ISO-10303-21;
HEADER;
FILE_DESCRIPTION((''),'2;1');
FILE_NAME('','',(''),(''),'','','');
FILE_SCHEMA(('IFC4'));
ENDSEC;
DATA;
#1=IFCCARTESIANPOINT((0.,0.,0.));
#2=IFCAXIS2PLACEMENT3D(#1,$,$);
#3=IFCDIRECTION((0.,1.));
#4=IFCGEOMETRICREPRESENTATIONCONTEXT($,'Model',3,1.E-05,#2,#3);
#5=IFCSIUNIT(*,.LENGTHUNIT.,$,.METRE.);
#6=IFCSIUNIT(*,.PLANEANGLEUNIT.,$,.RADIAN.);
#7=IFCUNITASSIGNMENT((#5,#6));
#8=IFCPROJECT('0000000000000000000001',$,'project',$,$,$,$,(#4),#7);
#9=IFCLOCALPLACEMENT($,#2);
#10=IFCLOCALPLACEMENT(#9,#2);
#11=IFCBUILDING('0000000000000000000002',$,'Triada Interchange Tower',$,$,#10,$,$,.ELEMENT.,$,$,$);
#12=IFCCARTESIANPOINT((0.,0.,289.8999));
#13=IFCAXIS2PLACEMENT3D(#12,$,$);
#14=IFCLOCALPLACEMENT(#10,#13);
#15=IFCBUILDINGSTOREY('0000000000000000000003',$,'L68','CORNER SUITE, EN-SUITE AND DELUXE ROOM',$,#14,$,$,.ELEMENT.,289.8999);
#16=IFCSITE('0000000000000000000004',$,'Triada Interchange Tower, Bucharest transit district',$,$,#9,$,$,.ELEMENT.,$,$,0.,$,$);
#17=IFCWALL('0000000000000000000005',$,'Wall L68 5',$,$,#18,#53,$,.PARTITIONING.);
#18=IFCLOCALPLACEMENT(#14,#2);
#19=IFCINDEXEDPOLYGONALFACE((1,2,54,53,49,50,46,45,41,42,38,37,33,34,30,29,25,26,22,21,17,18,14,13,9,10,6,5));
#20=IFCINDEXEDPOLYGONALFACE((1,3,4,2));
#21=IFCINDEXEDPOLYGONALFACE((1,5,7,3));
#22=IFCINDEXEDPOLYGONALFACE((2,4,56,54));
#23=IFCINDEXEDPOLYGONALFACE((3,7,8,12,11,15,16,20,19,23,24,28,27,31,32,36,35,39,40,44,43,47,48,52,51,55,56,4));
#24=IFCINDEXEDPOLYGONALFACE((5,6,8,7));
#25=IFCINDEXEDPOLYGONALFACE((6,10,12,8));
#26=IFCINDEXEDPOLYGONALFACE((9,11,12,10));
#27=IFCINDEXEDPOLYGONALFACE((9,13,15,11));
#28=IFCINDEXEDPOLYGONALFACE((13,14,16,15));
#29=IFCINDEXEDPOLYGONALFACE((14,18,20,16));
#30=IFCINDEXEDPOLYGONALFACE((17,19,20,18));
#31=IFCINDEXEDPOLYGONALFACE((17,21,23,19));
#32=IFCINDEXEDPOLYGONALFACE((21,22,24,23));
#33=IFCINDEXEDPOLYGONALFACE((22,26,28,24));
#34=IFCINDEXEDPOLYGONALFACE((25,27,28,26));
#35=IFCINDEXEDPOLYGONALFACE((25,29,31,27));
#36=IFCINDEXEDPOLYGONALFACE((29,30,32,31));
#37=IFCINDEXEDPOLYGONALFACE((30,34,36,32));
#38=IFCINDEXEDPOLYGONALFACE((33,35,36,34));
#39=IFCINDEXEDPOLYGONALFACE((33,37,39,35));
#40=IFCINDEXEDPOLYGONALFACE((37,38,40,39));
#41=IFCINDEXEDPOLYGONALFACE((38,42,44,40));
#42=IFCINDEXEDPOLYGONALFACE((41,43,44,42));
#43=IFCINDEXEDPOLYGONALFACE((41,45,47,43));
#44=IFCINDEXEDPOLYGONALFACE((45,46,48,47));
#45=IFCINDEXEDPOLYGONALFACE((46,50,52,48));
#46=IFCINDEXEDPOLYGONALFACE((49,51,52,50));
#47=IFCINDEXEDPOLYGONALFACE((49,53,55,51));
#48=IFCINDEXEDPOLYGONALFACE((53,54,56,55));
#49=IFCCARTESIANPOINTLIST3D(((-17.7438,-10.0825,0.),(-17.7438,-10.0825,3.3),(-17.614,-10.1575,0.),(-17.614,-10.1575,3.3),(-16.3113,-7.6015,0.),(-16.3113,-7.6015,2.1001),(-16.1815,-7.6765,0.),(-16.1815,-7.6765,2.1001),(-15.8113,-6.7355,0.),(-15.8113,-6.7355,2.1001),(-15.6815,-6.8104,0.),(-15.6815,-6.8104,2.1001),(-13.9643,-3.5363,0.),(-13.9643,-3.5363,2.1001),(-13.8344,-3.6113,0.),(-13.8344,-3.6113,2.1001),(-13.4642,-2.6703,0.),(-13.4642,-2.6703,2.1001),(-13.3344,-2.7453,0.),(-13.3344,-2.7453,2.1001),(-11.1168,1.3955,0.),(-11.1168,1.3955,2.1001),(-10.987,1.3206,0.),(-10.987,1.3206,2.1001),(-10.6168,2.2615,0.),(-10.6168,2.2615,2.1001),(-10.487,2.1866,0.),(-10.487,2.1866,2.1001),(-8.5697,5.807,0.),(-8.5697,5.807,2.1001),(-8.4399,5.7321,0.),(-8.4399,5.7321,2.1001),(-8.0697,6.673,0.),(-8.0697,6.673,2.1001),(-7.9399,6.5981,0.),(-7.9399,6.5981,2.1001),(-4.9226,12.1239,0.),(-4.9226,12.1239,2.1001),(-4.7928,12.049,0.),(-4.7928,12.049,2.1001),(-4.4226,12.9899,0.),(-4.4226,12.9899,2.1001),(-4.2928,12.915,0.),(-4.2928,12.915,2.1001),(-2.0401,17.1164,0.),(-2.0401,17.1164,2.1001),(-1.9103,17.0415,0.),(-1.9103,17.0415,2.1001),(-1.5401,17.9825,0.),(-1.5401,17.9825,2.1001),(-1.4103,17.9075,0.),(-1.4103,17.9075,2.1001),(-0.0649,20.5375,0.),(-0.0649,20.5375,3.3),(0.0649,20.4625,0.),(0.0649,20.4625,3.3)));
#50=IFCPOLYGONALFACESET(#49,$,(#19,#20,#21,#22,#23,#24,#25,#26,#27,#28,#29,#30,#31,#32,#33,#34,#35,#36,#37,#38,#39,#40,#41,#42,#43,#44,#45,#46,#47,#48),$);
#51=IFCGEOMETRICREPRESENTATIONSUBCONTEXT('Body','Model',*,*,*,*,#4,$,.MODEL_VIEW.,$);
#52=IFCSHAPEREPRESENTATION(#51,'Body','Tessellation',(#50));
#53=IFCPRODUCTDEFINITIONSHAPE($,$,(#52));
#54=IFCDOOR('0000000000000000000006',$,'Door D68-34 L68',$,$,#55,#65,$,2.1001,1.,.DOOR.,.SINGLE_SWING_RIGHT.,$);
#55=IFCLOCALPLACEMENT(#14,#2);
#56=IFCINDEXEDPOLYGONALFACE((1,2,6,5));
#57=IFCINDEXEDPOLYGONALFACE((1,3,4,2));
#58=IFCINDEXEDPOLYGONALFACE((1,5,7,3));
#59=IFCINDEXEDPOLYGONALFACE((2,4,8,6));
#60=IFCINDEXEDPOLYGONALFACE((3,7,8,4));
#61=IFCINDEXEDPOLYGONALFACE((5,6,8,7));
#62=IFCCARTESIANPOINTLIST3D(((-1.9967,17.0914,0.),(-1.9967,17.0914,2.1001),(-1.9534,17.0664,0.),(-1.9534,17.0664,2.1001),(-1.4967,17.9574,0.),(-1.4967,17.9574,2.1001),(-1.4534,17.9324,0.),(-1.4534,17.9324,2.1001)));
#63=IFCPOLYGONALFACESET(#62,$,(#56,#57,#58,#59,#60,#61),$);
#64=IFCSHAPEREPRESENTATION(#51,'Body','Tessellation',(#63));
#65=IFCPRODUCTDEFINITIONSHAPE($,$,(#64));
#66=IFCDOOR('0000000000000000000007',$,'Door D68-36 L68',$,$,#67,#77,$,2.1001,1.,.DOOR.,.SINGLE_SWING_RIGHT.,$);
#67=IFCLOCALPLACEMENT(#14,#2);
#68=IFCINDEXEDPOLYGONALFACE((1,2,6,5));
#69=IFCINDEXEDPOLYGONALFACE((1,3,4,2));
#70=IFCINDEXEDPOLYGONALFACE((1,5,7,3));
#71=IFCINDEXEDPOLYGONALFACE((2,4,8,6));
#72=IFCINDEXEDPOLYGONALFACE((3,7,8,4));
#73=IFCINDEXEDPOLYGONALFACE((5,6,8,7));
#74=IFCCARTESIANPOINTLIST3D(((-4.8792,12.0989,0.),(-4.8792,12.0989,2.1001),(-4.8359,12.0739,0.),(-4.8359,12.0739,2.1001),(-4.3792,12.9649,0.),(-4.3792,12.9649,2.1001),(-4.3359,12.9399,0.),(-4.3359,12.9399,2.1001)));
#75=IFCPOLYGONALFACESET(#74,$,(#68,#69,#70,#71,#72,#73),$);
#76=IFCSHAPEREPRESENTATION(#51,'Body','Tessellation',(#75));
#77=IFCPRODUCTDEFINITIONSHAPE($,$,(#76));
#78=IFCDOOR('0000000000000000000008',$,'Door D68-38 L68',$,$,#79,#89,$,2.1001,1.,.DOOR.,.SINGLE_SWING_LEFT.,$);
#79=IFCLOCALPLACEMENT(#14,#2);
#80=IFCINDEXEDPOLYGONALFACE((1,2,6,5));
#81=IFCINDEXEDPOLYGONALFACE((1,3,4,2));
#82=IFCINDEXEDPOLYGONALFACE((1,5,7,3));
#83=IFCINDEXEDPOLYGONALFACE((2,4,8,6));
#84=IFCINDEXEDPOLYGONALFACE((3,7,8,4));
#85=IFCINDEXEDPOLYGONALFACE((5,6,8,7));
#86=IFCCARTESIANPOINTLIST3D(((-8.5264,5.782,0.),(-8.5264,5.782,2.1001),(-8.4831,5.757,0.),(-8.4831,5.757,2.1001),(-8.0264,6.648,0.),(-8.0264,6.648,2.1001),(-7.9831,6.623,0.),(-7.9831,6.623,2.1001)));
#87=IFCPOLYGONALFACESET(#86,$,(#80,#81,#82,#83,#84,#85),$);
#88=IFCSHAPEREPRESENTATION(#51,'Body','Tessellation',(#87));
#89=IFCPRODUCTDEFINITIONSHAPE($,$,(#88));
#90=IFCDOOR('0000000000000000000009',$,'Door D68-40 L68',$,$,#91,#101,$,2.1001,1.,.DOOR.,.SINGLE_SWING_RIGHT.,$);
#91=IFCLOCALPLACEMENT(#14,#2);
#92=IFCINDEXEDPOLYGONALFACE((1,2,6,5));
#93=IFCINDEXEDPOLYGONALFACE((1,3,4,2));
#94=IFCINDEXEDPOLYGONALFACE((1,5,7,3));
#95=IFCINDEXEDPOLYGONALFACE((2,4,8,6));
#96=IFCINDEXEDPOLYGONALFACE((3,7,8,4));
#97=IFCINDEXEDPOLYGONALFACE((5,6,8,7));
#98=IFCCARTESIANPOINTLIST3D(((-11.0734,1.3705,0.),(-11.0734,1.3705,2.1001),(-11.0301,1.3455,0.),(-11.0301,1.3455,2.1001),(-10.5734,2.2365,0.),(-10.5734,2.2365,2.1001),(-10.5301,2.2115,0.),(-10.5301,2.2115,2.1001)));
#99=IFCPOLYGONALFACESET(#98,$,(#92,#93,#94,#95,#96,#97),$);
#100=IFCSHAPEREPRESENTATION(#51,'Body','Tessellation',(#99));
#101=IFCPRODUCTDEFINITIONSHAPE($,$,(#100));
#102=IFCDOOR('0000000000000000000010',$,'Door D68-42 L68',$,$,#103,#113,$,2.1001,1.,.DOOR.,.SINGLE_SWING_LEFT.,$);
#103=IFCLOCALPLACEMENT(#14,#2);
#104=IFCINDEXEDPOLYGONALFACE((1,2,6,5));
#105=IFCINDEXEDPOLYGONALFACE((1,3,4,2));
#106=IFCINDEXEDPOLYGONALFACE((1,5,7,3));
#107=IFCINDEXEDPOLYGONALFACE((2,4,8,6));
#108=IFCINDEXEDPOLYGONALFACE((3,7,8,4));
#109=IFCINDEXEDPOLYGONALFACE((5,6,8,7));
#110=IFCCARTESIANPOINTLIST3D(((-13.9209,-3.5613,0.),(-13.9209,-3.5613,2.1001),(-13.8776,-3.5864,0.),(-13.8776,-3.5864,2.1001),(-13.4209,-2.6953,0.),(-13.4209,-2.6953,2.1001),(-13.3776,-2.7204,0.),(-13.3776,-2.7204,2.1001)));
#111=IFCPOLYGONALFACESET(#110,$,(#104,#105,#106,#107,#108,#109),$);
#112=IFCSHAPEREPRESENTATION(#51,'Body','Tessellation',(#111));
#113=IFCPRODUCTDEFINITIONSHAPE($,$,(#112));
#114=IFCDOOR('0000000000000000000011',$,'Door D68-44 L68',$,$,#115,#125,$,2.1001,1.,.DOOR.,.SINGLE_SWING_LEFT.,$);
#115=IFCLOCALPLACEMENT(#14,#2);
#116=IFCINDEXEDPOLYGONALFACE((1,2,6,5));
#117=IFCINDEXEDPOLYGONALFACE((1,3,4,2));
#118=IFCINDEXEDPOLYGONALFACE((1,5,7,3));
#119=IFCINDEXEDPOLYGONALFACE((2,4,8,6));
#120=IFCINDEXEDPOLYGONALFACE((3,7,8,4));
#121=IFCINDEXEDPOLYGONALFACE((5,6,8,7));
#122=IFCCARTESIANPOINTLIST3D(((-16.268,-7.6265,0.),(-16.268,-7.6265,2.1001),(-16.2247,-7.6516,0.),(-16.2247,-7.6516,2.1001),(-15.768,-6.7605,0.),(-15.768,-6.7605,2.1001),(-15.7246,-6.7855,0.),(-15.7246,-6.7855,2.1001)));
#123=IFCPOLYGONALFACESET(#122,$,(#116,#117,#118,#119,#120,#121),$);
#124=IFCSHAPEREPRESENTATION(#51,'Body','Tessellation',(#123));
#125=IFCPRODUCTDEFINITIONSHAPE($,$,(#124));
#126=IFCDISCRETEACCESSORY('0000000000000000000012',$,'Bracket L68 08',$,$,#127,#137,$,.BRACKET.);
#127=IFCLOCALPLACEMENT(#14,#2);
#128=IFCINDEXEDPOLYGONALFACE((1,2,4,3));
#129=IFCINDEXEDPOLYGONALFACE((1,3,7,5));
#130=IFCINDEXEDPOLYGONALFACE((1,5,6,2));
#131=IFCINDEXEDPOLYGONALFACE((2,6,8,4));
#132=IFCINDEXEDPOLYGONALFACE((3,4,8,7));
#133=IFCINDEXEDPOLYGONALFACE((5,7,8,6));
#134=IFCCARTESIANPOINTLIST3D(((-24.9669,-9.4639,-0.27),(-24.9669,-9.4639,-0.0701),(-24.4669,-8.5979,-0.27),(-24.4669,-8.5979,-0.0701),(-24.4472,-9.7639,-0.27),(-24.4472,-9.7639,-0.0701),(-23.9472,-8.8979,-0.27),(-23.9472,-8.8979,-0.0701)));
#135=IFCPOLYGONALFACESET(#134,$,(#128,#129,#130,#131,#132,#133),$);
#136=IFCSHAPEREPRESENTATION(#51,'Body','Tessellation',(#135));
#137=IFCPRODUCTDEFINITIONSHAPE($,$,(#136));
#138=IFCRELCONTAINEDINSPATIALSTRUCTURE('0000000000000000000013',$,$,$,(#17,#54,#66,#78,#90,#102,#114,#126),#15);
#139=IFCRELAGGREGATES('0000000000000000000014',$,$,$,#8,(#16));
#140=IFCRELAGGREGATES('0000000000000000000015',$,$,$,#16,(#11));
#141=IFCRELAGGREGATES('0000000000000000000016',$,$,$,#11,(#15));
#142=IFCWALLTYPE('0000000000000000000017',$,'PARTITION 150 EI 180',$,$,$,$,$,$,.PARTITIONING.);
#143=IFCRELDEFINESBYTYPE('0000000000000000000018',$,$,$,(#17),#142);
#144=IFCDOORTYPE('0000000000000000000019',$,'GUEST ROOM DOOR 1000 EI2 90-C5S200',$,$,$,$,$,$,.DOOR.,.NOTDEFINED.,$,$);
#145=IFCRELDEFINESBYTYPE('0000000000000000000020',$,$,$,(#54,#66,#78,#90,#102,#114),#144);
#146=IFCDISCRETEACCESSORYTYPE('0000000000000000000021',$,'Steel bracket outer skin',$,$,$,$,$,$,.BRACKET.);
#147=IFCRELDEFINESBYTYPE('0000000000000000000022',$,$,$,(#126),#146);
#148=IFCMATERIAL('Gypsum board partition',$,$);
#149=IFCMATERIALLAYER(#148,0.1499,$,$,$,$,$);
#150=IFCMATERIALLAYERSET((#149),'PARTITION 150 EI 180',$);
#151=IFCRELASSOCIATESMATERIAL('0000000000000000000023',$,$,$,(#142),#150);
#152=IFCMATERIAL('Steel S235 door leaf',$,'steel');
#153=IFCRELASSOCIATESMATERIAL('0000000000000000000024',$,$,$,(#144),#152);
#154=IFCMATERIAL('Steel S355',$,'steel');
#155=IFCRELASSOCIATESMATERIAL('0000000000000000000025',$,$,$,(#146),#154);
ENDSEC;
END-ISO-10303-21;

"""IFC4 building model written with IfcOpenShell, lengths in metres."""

from ifc_helpers import new_model, si_unit, direction, frame, frame_2d, origin, origin_2d, place, context, subcontext, project, spatial, rectangle, extrude, material, layer, layer_set, type_object, element, fill, save


model = new_model("IFC4")

# Units and contexts
model_context = context("Model", 3, precision=1e-05, world=origin(), true_north=direction((0.0, 1.0)))
body_context = subcontext(model_context, "Body", "Model", "MODEL_VIEW")
ifc_project = project(units=[si_unit("LENGTHUNIT", "METRE"), si_unit("PLANEANGLEUNIT", "RADIAN")], contexts=[model_context])

# Site, building, storey
site_placement = place(None, origin())
site = spatial("IfcSite", under=ifc_project, at=site_placement, Name="Triada Interchange Tower, Bucharest transit district", CompositionType="ELEMENT", RefElevation=0.0)
building_placement = place(site_placement, origin())
building = spatial("IfcBuilding", under=site, at=building_placement, Name="Triada Interchange Tower", CompositionType="ELEMENT")
storey_placement = place(building_placement, frame((0.0, 0.0, 289.8999)))
storey = spatial("IfcBuildingStorey", under=building, at=storey_placement, Name="L68", Description="CORNER SUITE, EN-SUITE AND DELUXE ROOM", CompositionType="ELEMENT", Elevation=289.8999)

# Wall, openings, doors
ifc_material_1 = material(Name="Gypsum board partition")
ifc_layer = layer(ifc_material_1, 0.1499)
ifc_layer_set = layer_set([ifc_layer], Name="PARTITION 150 EI 180")
wall_type = type_object("IfcWallType", Name="PARTITION 150 EI 180", PredefinedType="PARTITIONING", material=ifc_layer_set)
ifc_material_2 = material(Name="Steel S235 door leaf", Category="steel")
door_type_1 = type_object("IfcDoorType", Name="GUEST ROOM DOOR 1000 EI2 90-C5S200", OperationType="NOTDEFINED", PredefinedType="DOOR", material=ifc_material_2)
wall_1_placement = place(storey_placement, frame((-17.679, -10.1201, 0.0), z_axis=(0.0, 0.0, 1.0), x_axis=(0.500009, 0.86602, 0.0)))
wall_1 = element("IfcWall", 1, at=wall_1_placement, inside=storey, type_object=wall_type, Name="Wall L68 5", PredefinedType="PARTITIONING", context=body_context, shape_type="SweptSolid", body=[
    extrude(rectangle(XDim=35.3572, YDim=0.1499, at=frame_2d((17.6787, 0.0))), origin(), (0.0, 0.0, 1.0), 3.3),
])
opening_1_placement = place(wall_1_placement, frame((31.407, 0.0, 0.0)))
opening_1 = element("IfcOpeningElement", 2, at=opening_1_placement, cuts=wall_1, PredefinedType="OPENING", context=body_context, shape_type="SweptSolid", body=[
    extrude(rectangle(XDim=1.0, YDim=2.1001, at=frame_2d((0.5, 1.05))), frame((0.0, 0.085, 0.0), z_axis=(0.0, -1.0, 0.0), x_axis=(1.0, 0.0, 0.0)), (0.0, 0.0, 1.0), 0.1699),
])
opening_2_placement = place(wall_1_placement, frame((25.6421, 0.0, 0.0)))
opening_2 = element("IfcOpeningElement", 3, at=opening_2_placement, cuts=wall_1, PredefinedType="OPENING", context=body_context, shape_type="SweptSolid", body=[
    extrude(rectangle(XDim=1.0, YDim=2.1001, at=frame_2d((0.5, 1.05))), frame((0.0, 0.085, 0.0), z_axis=(0.0, -1.0, 0.0), x_axis=(1.0, 0.0, 0.0)), (0.0, 0.0, 1.0), 0.1699),
])
opening_3_placement = place(wall_1_placement, frame((18.3479, 0.0, 0.0)))
opening_3 = element("IfcOpeningElement", 4, at=opening_3_placement, cuts=wall_1, PredefinedType="OPENING", context=body_context, shape_type="SweptSolid", body=[
    extrude(rectangle(XDim=1.0, YDim=2.1001, at=frame_2d((0.5, 1.05))), frame((0.0, 0.085, 0.0), z_axis=(0.0, -1.0, 0.0), x_axis=(1.0, 0.0, 0.0)), (0.0, 0.0, 1.0), 0.1699),
])
opening_4_placement = place(wall_1_placement, frame((13.2539, 0.0, 0.0)))
opening_4 = element("IfcOpeningElement", 5, at=opening_4_placement, cuts=wall_1, PredefinedType="OPENING", context=body_context, shape_type="SweptSolid", body=[
    extrude(rectangle(XDim=1.0, YDim=2.1001, at=frame_2d((0.5, 1.05))), frame((0.0, 0.085, 0.0), z_axis=(0.0, -1.0, 0.0), x_axis=(1.0, 0.0, 0.0)), (0.0, 0.0, 1.0), 0.1699),
])
opening_5_placement = place(wall_1_placement, frame((7.5591, 0.0, 0.0)))
opening_5 = element("IfcOpeningElement", 6, at=opening_5_placement, cuts=wall_1, PredefinedType="OPENING", context=body_context, shape_type="SweptSolid", body=[
    extrude(rectangle(XDim=1.0, YDim=2.1001, at=frame_2d((0.5, 1.05))), frame((0.0, 0.085, 0.0), z_axis=(0.0, -1.0, 0.0), x_axis=(1.0, 0.0, 0.0)), (0.0, 0.0, 1.0), 0.1699),
])
opening_6_placement = place(wall_1_placement, frame((2.865, 0.0, 0.0)))
opening_6 = element("IfcOpeningElement", 7, at=opening_6_placement, cuts=wall_1, PredefinedType="OPENING", context=body_context, shape_type="SweptSolid", body=[
    extrude(rectangle(XDim=1.0, YDim=2.1001, at=frame_2d((0.5, 1.05))), frame((0.0, 0.085, 0.0), z_axis=(0.0, -1.0, 0.0), x_axis=(1.0, 0.0, 0.0)), (0.0, 0.0, 1.0), 0.1699),
])
door_1_placement = place(opening_1_placement, origin())
door_1 = element("IfcDoor", 8, at=door_1_placement, inside=storey, type_object=door_type_1, Name="Door D68-34 L68", OperationType="SINGLE_SWING_RIGHT", OverallHeight=2.1001, OverallWidth=1.0, PredefinedType="DOOR", context=body_context, shape_type="SweptSolid", body=[
    extrude(rectangle(XDim=1.0, YDim=2.1001, at=frame_2d((0.5, 1.05))), frame((0.0, 0.0249, 0.0), z_axis=(0.0, -1.0, 0.0), x_axis=(1.0, 0.0, 0.0)), (0.0, 0.0, 1.0), 0.05),
])
fill(opening_1, door_1)
door_2_placement = place(opening_2_placement, origin())
door_2 = element("IfcDoor", 9, at=door_2_placement, inside=storey, type_object=door_type_1, Name="Door D68-36 L68", OperationType="SINGLE_SWING_RIGHT", OverallHeight=2.1001, OverallWidth=1.0, PredefinedType="DOOR", context=body_context, shape_type="SweptSolid", body=[
    extrude(rectangle(XDim=1.0, YDim=2.1001, at=frame_2d((0.5, 1.05))), frame((0.0, 0.0249, 0.0), z_axis=(0.0, -1.0, 0.0), x_axis=(1.0, 0.0, 0.0)), (0.0, 0.0, 1.0), 0.05),
])
fill(opening_2, door_2)
door_3_placement = place(opening_3_placement, origin())
door_3 = element("IfcDoor", 10, at=door_3_placement, inside=storey, type_object=door_type_1, Name="Door D68-38 L68", OperationType="SINGLE_SWING_LEFT", OverallHeight=2.1001, OverallWidth=1.0, PredefinedType="DOOR", context=body_context, shape_type="SweptSolid", body=[
    extrude(rectangle(XDim=1.0, YDim=2.1001, at=frame_2d((0.5, 1.05))), frame((0.0, 0.0249, 0.0), z_axis=(0.0, -1.0, 0.0), x_axis=(1.0, 0.0, 0.0)), (0.0, 0.0, 1.0), 0.05),
])
fill(opening_3, door_3)
door_4_placement = place(opening_4_placement, origin())
door_4 = element("IfcDoor", 11, at=door_4_placement, inside=storey, type_object=door_type_1, Name="Door D68-40 L68", OperationType="SINGLE_SWING_RIGHT", OverallHeight=2.1001, OverallWidth=1.0, PredefinedType="DOOR", context=body_context, shape_type="SweptSolid", body=[
    extrude(rectangle(XDim=1.0, YDim=2.1001, at=frame_2d((0.5, 1.05))), frame((0.0, 0.0249, 0.0), z_axis=(0.0, -1.0, 0.0), x_axis=(1.0, 0.0, 0.0)), (0.0, 0.0, 1.0), 0.05),
])
fill(opening_4, door_4)
door_5_placement = place(opening_5_placement, origin())
door_5 = element("IfcDoor", 12, at=door_5_placement, inside=storey, type_object=door_type_1, Name="Door D68-42 L68", OperationType="SINGLE_SWING_LEFT", OverallHeight=2.1001, OverallWidth=1.0, PredefinedType="DOOR", context=body_context, shape_type="SweptSolid", body=[
    extrude(rectangle(XDim=1.0, YDim=2.1001, at=frame_2d((0.5, 1.05))), frame((0.0, 0.0249, 0.0), z_axis=(0.0, -1.0, 0.0), x_axis=(1.0, 0.0, 0.0)), (0.0, 0.0, 1.0), 0.05),
])
fill(opening_5, door_5)
door_6_placement = place(opening_6_placement, origin())
door_6 = element("IfcDoor", 13, at=door_6_placement, inside=storey, type_object=door_type_1, Name="Door D68-44 L68", OperationType="SINGLE_SWING_LEFT", OverallHeight=2.1001, OverallWidth=1.0, PredefinedType="DOOR", context=body_context, shape_type="SweptSolid", body=[
    extrude(rectangle(XDim=1.0, YDim=2.1001, at=frame_2d((0.5, 1.05))), frame((0.0, 0.0249, 0.0), z_axis=(0.0, -1.0, 0.0), x_axis=(1.0, 0.0, 0.0)), (0.0, 0.0, 1.0), 0.05),
])
fill(opening_6, door_6)

# Discrete accessory
ifc_material_3 = material(Name="Steel S355", Category="steel")
discrete_accessory_type = type_object("IfcDiscreteAccessoryType", Name="Steel bracket outer skin", PredefinedType="BRACKET", material=ifc_material_3)
discrete_accessory_placement = place(storey_placement, frame((-24.457, -9.1809, -0.27), z_axis=(0.0, 0.0, 1.0), x_axis=(-0.866023, 0.500004, 0.0)))
element("IfcDiscreteAccessory", 14, at=discrete_accessory_placement, inside=storey, type_object=discrete_accessory_type, Name="Bracket L68 08", PredefinedType="BRACKET", context=body_context, shape_type="SweptSolid", body=[
    extrude(rectangle(XDim=0.6001, YDim=1.0, at=origin_2d()), origin(), (0.0, 0.0, 1.0), 0.2),
])

save(model, "model.ifc")
